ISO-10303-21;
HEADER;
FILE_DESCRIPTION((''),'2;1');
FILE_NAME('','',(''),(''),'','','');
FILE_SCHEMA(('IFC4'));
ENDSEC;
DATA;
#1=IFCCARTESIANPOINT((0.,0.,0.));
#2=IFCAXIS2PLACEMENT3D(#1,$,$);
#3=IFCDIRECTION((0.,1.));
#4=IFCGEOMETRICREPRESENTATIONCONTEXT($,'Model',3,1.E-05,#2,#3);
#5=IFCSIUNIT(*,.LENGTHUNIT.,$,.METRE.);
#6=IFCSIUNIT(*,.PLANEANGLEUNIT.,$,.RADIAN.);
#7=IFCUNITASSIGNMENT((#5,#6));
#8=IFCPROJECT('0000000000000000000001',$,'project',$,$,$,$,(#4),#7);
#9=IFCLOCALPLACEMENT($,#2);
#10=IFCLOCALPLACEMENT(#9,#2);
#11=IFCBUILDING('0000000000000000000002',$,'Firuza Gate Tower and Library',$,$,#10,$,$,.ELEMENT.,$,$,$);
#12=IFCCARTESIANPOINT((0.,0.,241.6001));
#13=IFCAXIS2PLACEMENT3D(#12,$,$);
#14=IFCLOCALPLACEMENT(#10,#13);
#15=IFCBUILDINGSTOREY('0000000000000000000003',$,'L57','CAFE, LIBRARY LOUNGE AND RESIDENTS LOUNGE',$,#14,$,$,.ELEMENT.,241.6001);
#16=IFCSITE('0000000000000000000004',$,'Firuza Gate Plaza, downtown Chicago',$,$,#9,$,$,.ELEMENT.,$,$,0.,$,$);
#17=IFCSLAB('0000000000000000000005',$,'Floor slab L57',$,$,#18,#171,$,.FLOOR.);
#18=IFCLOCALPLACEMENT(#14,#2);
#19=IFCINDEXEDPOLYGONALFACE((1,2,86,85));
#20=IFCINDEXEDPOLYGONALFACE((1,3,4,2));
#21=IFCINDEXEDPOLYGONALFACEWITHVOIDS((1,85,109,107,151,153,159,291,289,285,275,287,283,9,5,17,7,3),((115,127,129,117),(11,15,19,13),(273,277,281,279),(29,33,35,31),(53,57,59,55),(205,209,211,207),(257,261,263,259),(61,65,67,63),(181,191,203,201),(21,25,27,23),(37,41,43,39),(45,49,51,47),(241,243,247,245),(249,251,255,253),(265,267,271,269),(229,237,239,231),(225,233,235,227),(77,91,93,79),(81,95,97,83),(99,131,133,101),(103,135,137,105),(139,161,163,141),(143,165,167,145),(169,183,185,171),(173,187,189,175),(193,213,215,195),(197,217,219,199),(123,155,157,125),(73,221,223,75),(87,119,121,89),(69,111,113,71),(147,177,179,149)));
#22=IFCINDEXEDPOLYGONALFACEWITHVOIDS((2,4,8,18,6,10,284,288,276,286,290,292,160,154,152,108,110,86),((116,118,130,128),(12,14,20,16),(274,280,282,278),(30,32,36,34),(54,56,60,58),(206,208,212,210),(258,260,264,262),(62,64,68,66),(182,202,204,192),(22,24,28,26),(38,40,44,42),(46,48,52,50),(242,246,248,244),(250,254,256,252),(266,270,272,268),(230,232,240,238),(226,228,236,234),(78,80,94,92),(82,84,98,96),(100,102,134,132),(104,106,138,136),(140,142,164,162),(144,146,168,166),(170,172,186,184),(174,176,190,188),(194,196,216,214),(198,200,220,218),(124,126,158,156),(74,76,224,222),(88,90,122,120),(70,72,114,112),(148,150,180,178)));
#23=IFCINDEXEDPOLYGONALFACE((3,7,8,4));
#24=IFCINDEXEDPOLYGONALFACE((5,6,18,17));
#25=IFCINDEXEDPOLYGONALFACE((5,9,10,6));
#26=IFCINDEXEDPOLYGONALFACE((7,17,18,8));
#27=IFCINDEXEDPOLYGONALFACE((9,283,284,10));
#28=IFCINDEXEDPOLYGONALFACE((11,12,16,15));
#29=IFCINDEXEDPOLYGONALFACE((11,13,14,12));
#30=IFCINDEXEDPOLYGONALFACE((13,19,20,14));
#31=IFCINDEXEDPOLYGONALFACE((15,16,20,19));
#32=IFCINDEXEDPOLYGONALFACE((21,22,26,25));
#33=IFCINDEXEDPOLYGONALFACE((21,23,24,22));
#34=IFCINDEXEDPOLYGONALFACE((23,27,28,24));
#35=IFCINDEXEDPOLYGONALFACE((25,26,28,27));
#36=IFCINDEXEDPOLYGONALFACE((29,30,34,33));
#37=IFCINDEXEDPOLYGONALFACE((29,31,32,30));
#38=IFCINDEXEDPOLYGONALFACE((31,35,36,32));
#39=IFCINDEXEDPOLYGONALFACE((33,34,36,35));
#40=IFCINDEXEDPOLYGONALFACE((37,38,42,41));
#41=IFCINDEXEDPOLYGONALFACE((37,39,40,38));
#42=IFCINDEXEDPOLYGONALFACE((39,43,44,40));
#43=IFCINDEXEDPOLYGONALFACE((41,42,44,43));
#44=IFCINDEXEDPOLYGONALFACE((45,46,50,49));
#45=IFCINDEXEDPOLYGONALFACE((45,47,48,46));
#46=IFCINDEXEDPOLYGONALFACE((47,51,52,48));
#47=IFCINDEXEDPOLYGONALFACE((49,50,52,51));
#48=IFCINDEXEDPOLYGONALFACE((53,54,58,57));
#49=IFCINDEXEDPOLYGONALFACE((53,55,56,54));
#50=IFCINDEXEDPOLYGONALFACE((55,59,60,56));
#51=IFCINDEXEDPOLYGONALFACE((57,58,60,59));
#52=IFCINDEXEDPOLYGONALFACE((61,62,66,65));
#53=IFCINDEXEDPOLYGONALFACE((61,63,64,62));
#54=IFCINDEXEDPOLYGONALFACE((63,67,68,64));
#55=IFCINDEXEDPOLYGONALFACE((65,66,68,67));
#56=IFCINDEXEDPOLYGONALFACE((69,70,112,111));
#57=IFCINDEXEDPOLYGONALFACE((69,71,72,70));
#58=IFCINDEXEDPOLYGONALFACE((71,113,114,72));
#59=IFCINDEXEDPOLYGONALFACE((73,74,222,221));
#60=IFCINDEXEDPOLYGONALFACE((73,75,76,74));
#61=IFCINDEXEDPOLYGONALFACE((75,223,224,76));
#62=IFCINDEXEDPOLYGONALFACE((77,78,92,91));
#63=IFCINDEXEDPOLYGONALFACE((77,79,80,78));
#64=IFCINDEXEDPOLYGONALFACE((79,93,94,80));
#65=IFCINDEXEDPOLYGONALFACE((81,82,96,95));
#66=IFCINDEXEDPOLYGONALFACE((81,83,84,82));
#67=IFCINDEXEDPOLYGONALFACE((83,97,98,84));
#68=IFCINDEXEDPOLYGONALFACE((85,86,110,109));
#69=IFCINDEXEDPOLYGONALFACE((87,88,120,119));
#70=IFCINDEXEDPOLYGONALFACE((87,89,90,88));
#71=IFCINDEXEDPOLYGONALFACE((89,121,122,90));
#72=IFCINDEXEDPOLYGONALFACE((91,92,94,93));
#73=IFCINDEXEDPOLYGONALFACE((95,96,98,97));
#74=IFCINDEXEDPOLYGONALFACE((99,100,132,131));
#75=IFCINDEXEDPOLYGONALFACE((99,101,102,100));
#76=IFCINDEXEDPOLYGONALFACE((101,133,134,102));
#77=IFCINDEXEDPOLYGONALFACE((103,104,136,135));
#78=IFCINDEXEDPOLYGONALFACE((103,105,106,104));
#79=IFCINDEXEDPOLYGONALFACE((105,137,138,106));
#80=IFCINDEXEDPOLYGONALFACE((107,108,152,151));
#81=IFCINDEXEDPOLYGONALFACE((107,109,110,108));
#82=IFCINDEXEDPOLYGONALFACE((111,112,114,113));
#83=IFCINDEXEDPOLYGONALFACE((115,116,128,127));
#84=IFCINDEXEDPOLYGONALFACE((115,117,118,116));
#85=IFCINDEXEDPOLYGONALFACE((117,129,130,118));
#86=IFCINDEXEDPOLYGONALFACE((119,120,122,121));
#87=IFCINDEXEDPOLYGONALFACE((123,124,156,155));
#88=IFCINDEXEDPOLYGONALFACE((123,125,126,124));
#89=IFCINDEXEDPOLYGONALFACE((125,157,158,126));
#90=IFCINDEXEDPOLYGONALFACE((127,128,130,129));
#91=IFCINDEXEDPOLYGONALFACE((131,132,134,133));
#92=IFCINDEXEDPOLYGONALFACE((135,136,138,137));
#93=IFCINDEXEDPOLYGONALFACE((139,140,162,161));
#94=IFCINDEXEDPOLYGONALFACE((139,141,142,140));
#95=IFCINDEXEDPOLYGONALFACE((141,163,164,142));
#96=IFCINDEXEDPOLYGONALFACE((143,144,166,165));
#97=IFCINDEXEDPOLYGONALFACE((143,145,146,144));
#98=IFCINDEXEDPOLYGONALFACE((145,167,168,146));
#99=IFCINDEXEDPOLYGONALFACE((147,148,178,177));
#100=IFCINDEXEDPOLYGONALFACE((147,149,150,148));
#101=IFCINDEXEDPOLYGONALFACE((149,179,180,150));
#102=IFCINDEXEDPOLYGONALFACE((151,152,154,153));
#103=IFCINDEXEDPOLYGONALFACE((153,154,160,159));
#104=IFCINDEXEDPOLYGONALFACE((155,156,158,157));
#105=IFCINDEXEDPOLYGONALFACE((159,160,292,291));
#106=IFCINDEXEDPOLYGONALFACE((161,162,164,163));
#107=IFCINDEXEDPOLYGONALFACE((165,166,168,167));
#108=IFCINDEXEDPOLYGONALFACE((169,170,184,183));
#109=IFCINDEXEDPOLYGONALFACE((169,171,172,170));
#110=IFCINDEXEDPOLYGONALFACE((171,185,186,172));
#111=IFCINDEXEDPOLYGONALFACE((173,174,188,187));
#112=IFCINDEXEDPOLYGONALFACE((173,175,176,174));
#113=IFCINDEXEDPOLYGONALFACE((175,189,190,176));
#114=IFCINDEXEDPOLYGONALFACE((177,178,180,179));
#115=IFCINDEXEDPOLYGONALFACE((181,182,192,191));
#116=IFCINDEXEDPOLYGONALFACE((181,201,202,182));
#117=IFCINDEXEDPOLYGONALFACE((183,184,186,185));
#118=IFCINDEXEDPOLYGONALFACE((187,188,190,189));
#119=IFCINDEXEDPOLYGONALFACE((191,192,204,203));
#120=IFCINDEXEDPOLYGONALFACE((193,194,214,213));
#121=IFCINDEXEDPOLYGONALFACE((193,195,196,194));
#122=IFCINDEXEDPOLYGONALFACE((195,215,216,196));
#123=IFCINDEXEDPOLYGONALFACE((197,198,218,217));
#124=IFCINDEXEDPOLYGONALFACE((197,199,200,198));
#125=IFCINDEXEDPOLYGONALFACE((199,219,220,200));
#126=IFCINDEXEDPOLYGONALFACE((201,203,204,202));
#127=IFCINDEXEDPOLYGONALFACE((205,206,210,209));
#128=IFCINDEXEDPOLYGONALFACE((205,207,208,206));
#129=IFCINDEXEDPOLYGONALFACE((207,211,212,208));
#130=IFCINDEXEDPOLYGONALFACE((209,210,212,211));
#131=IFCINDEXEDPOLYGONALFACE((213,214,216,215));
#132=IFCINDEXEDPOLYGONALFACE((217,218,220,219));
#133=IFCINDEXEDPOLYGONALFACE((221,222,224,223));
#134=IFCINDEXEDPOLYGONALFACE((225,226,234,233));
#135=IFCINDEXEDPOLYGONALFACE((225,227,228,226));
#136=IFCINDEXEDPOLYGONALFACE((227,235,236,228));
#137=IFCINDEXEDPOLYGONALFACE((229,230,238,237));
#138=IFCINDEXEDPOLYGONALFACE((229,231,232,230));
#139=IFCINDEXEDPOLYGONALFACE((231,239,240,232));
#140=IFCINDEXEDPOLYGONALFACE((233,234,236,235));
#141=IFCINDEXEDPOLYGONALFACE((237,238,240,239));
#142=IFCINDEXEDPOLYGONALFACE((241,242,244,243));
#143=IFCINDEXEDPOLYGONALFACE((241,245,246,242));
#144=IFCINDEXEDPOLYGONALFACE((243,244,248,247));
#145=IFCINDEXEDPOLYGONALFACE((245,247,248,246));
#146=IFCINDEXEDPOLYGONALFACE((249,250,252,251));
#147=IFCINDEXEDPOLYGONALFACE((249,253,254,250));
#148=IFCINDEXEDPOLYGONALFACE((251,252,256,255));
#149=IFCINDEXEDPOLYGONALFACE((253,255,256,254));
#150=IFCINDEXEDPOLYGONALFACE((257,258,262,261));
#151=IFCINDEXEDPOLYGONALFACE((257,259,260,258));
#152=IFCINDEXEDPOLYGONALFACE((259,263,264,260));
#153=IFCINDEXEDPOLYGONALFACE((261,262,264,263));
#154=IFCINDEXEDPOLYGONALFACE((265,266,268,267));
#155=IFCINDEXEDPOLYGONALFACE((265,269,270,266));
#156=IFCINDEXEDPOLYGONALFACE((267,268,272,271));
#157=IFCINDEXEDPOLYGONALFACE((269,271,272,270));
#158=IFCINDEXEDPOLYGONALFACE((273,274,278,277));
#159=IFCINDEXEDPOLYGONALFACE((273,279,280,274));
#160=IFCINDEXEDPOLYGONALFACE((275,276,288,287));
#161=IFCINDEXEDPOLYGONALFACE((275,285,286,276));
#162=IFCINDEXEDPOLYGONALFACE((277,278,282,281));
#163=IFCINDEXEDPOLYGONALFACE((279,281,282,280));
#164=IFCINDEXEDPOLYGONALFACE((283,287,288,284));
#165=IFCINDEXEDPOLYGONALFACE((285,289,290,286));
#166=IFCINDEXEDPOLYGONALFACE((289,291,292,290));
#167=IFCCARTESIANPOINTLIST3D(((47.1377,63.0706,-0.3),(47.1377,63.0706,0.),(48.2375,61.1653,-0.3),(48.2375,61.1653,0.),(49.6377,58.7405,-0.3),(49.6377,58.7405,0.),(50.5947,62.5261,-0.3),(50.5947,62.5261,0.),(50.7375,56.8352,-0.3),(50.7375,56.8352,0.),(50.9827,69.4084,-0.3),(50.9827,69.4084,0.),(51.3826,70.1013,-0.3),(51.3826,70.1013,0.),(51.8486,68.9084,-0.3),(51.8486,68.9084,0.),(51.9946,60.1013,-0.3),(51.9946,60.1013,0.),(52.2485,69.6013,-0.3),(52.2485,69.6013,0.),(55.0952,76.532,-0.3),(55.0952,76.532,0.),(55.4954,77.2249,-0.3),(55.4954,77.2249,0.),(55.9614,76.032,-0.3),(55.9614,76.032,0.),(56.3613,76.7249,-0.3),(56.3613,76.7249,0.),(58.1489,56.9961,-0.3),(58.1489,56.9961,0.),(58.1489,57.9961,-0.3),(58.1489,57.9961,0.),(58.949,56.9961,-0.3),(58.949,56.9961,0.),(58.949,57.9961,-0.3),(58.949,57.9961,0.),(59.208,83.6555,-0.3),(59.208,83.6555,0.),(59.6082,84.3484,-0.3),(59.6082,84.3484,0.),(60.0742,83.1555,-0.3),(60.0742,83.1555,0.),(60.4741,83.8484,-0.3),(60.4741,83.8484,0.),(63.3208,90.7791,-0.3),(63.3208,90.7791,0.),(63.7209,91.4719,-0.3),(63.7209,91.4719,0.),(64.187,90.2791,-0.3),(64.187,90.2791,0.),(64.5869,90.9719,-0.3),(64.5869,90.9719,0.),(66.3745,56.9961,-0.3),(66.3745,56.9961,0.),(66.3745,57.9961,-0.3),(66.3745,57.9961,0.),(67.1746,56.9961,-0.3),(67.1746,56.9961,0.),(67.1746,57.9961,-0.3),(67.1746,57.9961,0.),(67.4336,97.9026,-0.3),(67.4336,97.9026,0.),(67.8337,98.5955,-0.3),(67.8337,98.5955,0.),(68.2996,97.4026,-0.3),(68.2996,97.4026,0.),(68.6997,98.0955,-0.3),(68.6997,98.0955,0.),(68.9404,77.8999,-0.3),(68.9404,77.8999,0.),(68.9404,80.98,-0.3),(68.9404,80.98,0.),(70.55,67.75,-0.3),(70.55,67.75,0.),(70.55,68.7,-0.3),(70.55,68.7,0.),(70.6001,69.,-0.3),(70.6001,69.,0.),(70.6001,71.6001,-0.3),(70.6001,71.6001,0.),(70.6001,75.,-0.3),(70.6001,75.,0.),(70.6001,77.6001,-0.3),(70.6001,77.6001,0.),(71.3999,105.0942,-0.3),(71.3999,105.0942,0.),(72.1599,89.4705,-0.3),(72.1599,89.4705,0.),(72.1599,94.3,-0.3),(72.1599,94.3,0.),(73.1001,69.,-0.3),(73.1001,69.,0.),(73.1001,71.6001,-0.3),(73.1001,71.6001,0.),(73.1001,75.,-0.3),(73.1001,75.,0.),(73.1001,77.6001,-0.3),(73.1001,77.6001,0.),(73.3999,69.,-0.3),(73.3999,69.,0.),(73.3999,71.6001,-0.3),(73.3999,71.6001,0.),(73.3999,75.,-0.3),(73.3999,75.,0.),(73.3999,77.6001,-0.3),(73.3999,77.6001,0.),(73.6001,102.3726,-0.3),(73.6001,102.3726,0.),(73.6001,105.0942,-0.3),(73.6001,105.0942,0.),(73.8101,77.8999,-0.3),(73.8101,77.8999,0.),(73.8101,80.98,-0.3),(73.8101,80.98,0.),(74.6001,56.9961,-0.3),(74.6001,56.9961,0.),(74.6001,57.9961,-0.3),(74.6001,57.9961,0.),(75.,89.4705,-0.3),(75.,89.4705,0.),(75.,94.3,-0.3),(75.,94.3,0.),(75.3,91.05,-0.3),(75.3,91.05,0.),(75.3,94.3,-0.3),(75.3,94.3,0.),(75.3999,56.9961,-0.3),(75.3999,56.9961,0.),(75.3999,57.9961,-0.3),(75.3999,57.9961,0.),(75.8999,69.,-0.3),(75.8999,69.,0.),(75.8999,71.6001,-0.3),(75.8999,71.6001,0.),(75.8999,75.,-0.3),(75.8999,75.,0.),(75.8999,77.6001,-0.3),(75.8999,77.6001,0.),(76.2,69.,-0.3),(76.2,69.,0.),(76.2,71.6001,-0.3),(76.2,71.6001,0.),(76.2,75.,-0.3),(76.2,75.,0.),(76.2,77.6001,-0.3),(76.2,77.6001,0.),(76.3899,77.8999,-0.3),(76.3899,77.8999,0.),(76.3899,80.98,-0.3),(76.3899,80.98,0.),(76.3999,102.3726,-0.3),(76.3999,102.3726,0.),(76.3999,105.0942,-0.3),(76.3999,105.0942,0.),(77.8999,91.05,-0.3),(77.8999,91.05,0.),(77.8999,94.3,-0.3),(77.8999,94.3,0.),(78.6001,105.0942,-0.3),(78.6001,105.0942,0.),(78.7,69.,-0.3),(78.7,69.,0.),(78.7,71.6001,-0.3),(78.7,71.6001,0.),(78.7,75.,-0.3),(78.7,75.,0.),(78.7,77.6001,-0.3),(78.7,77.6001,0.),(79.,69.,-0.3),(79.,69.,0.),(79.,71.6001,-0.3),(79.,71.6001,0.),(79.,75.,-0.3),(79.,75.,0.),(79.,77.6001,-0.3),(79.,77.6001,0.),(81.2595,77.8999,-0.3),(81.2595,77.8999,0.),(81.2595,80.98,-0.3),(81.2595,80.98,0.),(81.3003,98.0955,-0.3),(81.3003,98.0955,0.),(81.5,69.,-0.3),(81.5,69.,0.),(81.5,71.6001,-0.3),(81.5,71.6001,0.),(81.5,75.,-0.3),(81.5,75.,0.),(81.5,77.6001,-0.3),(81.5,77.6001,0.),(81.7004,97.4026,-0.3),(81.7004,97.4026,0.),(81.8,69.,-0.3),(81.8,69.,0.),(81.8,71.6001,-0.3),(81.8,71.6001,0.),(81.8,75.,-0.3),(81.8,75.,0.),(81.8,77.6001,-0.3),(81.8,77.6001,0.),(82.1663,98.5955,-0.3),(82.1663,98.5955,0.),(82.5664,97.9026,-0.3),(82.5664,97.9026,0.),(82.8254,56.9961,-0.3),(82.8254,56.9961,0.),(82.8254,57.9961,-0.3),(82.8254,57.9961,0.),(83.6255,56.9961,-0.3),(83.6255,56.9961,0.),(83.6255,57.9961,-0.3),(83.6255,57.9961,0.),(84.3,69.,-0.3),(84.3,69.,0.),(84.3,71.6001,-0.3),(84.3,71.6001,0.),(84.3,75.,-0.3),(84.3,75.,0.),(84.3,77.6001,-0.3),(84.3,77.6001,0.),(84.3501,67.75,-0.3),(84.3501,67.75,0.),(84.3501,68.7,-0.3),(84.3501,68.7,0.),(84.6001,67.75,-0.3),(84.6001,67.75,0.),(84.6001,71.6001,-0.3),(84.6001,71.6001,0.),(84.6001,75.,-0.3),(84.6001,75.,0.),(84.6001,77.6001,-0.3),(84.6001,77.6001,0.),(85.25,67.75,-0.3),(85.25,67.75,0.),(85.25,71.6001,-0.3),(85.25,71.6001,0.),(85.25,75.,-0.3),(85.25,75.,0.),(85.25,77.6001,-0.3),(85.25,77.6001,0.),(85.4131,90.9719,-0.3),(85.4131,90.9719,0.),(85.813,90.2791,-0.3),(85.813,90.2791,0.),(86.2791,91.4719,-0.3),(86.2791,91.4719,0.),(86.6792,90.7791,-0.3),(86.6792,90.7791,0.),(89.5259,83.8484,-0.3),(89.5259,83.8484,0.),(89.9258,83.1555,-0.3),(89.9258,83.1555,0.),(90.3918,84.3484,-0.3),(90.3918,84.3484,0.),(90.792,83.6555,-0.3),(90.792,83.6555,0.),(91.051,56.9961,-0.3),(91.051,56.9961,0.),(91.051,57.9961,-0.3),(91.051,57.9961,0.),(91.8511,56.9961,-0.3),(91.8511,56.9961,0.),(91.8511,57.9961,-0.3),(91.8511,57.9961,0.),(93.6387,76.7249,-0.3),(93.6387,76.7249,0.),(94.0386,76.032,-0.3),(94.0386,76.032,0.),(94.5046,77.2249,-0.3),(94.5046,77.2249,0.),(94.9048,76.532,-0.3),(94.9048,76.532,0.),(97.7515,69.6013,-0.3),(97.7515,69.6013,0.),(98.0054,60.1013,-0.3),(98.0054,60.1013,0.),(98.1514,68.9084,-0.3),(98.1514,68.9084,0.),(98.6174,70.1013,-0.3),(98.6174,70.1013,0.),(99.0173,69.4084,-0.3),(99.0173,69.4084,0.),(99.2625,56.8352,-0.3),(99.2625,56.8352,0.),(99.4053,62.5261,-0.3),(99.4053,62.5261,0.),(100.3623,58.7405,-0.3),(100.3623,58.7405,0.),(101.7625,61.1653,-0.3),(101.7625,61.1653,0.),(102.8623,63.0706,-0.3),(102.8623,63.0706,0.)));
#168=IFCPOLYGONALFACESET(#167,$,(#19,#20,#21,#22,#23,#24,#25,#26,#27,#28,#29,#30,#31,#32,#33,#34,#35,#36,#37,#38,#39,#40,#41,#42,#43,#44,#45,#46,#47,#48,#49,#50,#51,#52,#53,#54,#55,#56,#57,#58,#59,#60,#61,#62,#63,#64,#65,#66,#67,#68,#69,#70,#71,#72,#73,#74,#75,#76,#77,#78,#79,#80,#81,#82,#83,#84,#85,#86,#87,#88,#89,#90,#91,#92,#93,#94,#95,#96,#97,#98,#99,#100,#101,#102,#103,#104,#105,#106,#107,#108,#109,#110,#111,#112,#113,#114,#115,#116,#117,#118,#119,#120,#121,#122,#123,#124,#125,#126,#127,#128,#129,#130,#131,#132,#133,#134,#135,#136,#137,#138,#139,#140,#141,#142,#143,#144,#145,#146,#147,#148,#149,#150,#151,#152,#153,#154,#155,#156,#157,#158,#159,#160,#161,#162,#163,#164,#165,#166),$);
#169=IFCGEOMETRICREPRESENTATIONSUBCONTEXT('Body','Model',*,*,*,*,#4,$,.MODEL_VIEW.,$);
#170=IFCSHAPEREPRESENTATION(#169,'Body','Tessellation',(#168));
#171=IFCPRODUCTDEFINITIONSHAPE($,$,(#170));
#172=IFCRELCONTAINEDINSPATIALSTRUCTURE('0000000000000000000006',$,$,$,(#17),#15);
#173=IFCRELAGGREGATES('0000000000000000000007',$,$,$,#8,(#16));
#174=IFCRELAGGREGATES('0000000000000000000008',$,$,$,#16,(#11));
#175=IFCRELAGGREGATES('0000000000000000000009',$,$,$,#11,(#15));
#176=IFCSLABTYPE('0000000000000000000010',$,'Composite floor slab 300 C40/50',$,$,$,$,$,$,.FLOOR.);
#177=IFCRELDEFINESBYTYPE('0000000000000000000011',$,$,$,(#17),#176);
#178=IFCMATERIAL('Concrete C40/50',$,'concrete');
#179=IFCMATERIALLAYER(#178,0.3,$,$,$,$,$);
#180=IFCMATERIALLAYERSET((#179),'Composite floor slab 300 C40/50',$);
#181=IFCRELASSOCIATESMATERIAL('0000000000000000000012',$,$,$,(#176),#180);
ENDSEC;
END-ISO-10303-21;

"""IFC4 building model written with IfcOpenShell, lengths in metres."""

from ifc_helpers import new_model, si_unit, direction, frame, origin, place, context, subcontext, project, spatial, polyline, outline, extrude, material, layer, layer_set, type_object, element, save


model = new_model("IFC4")

# Units and contexts
model_context = context("Model", 3, precision=1e-05, world=origin(), true_north=direction((0.0, 1.0)))
body_context = subcontext(model_context, "Body", "Model", "MODEL_VIEW")
ifc_project = project(units=[si_unit("LENGTHUNIT", "METRE"), si_unit("PLANEANGLEUNIT", "RADIAN")], contexts=[model_context])

# Site, building, storey
site_placement = place(None, origin())
site = spatial("IfcSite", under=ifc_project, at=site_placement, Name="Firuza Gate Plaza, downtown Chicago", CompositionType="ELEMENT", RefElevation=0.0)
building_placement = place(site_placement, origin())
building = spatial("IfcBuilding", under=site, at=building_placement, Name="Firuza Gate Tower and Library", CompositionType="ELEMENT")
storey_placement = place(building_placement, frame((0.0, 0.0, 241.6001)))
storey = spatial("IfcBuildingStorey", under=building, at=storey_placement, Name="L57", Description="CAFE, LIBRARY LOUNGE AND RESIDENTS LOUNGE", CompositionType="ELEMENT", Elevation=241.6001)

# Slab
ifc_material_1 = material(Name="Concrete C40/50", Category="concrete")
ifc_layer_1 = layer(ifc_material_1, 0.3)
ifc_layer_set_1 = layer_set([ifc_layer_1], Name="Composite floor slab 300 C40/50")
slab_type_1 = type_object("IfcSlabType", Name="Composite floor slab 300 C40/50", PredefinedType="FLOOR", material=ifc_layer_set_1)
slab_1_placement = place(storey_placement, frame((0.0, 0.0, -0.3)))
element("IfcSlab", 1, at=slab_1_placement, inside=storey, type_object=slab_type_1, Name="Floor slab L57", PredefinedType="FLOOR", context=body_context, shape_type="SweptSolid", body=[
    extrude(outline(polyline([(99.2625, 56.8352), (100.3623, 58.7405), (98.0054, 60.1013), (99.4053, 62.5261), (101.7625, 61.1653), (102.8623, 63.0706), (78.6001, 105.0942), (76.3999, 105.0942), (76.3999, 102.3726), (73.6001, 102.3726), (73.6001, 105.0942), (71.3999, 105.0942), (47.1377, 63.0706), (48.2375, 61.1653), (50.5947, 62.5261), (51.9946, 60.1013), (49.6377, 58.7405), (50.7375, 56.8352), (99.2625, 56.8352)]), holes=[polyline([(58.1489, 56.9961), (58.1489, 57.9961), (58.949, 57.9961), (58.949, 56.9961), (58.1489, 56.9961)]), polyline([(74.6001, 56.9961), (74.6001, 57.9961), (75.3999, 57.9961), (75.3999, 56.9961), (74.6001, 56.9961)]), polyline([(66.3745, 56.9961), (66.3745, 57.9961), (67.1746, 57.9961), (67.1746, 56.9961), (66.3745, 56.9961)]), polyline([(84.3501, 67.75), (70.55, 67.75), (70.55, 68.7), (84.3501, 68.7), (84.3501, 67.75)]), polyline([(51.3826, 70.1013), (52.2485, 69.6013), (51.8486, 68.9084), (50.9827, 69.4084), (51.3826, 70.1013)]), polyline([(73.1001, 69.0), (70.6001, 69.0), (70.6001, 71.6001), (73.1001, 71.6001), (73.1001, 69.0)]), polyline([(75.8999, 69.0), (73.3999, 69.0), (73.3999, 71.6001), (75.8999, 71.6001), (75.8999, 69.0)]), polyline([(73.1001, 75.0), (70.6001, 75.0), (70.6001, 77.6001), (73.1001, 77.6001), (73.1001, 75.0)]), polyline([(75.8999, 75.0), (73.3999, 75.0), (73.3999, 77.6001), (75.8999, 77.6001), (75.8999, 75.0)]), polyline([(55.4954, 77.2249), (56.3613, 76.7249), (55.9614, 76.032), (55.0952, 76.532), (55.4954, 77.2249)]), polyline([(73.8101, 77.8999), (68.9404, 77.8999), (68.9404, 80.98), (73.8101, 80.98), (73.8101, 77.8999)]), polyline([(59.6082, 84.3484), (60.4741, 83.8484), (60.0742, 83.1555), (59.208, 83.6555), (59.6082, 84.3484)]), polyline([(63.7209, 91.4719), (64.5869, 90.9719), (64.187, 90.2791), (63.3208, 90.7791), (63.7209, 91.4719)]), polyline([(72.1599, 89.4705), (72.1599, 94.3), (75.0, 94.3), (75.0, 89.4705), (72.1599, 89.4705)]), polyline([(75.3, 91.05), (75.3, 94.3), (77.8999, 94.3), (77.8999, 91.05), (75.3, 91.05)]), polyline([(68.6997, 98.0955), (68.2996, 97.4026), (67.4336, 97.9026), (67.8337, 98.5955), (68.6997, 98.0955)]), polyline([(91.051, 56.9961), (91.051, 57.9961), (91.8511, 57.9961), (91.8511, 56.9961), (91.051, 56.9961)]), polyline([(82.8254, 56.9961), (82.8254, 57.9961), (83.6255, 57.9961), (83.6255, 56.9961), (82.8254, 56.9961)]), polyline([(99.0173, 69.4084), (98.1514, 68.9084), (97.7515, 69.6013), (98.6174, 70.1013), (99.0173, 69.4084)]), polyline([(85.25, 67.75), (84.6001, 67.75), (84.6001, 71.6001), (85.25, 71.6001), (85.25, 67.75)]), polyline([(81.5, 69.0), (79.0, 69.0), (79.0, 71.6001), (81.5, 71.6001), (81.5, 69.0)]), polyline([(81.8, 69.0), (81.8, 71.6001), (84.3, 71.6001), (84.3, 69.0), (81.8, 69.0)]), polyline([(76.2, 69.0), (76.2, 71.6001), (78.7, 71.6001), (78.7, 69.0), (76.2, 69.0)]), polyline([(81.5, 75.0), (79.0, 75.0), (79.0, 77.6001), (81.5, 77.6001), (81.5, 75.0)]), polyline([(84.3, 75.0), (81.8, 75.0), (81.8, 77.6001), (84.3, 77.6001), (84.3, 75.0)]), polyline([(85.25, 75.0), (84.6001, 75.0), (84.6001, 77.6001), (85.25, 77.6001), (85.25, 75.0)]), polyline([(78.7, 75.0), (76.2, 75.0), (76.2, 77.6001), (78.7, 77.6001), (78.7, 75.0)]), polyline([(94.9048, 76.532), (94.0386, 76.032), (93.6387, 76.7249), (94.5046, 77.2249), (94.9048, 76.532)]), polyline([(81.2595, 77.8999), (76.3899, 77.8999), (76.3899, 80.98), (81.2595, 80.98), (81.2595, 77.8999)]), polyline([(90.792, 83.6555), (89.9258, 83.1555), (89.5259, 83.8484), (90.3918, 84.3484), (90.792, 83.6555)]), polyline([(85.813, 90.2791), (85.4131, 90.9719), (86.2791, 91.4719), (86.6792, 90.7791), (85.813, 90.2791)]), polyline([(81.7004, 97.4026), (81.3003, 98.0955), (82.1663, 98.5955), (82.5664, 97.9026), (81.7004, 97.4026)])]), origin(), (0.0, 0.0, 1.0), 0.3),
])

save(model, "model.ifc")
